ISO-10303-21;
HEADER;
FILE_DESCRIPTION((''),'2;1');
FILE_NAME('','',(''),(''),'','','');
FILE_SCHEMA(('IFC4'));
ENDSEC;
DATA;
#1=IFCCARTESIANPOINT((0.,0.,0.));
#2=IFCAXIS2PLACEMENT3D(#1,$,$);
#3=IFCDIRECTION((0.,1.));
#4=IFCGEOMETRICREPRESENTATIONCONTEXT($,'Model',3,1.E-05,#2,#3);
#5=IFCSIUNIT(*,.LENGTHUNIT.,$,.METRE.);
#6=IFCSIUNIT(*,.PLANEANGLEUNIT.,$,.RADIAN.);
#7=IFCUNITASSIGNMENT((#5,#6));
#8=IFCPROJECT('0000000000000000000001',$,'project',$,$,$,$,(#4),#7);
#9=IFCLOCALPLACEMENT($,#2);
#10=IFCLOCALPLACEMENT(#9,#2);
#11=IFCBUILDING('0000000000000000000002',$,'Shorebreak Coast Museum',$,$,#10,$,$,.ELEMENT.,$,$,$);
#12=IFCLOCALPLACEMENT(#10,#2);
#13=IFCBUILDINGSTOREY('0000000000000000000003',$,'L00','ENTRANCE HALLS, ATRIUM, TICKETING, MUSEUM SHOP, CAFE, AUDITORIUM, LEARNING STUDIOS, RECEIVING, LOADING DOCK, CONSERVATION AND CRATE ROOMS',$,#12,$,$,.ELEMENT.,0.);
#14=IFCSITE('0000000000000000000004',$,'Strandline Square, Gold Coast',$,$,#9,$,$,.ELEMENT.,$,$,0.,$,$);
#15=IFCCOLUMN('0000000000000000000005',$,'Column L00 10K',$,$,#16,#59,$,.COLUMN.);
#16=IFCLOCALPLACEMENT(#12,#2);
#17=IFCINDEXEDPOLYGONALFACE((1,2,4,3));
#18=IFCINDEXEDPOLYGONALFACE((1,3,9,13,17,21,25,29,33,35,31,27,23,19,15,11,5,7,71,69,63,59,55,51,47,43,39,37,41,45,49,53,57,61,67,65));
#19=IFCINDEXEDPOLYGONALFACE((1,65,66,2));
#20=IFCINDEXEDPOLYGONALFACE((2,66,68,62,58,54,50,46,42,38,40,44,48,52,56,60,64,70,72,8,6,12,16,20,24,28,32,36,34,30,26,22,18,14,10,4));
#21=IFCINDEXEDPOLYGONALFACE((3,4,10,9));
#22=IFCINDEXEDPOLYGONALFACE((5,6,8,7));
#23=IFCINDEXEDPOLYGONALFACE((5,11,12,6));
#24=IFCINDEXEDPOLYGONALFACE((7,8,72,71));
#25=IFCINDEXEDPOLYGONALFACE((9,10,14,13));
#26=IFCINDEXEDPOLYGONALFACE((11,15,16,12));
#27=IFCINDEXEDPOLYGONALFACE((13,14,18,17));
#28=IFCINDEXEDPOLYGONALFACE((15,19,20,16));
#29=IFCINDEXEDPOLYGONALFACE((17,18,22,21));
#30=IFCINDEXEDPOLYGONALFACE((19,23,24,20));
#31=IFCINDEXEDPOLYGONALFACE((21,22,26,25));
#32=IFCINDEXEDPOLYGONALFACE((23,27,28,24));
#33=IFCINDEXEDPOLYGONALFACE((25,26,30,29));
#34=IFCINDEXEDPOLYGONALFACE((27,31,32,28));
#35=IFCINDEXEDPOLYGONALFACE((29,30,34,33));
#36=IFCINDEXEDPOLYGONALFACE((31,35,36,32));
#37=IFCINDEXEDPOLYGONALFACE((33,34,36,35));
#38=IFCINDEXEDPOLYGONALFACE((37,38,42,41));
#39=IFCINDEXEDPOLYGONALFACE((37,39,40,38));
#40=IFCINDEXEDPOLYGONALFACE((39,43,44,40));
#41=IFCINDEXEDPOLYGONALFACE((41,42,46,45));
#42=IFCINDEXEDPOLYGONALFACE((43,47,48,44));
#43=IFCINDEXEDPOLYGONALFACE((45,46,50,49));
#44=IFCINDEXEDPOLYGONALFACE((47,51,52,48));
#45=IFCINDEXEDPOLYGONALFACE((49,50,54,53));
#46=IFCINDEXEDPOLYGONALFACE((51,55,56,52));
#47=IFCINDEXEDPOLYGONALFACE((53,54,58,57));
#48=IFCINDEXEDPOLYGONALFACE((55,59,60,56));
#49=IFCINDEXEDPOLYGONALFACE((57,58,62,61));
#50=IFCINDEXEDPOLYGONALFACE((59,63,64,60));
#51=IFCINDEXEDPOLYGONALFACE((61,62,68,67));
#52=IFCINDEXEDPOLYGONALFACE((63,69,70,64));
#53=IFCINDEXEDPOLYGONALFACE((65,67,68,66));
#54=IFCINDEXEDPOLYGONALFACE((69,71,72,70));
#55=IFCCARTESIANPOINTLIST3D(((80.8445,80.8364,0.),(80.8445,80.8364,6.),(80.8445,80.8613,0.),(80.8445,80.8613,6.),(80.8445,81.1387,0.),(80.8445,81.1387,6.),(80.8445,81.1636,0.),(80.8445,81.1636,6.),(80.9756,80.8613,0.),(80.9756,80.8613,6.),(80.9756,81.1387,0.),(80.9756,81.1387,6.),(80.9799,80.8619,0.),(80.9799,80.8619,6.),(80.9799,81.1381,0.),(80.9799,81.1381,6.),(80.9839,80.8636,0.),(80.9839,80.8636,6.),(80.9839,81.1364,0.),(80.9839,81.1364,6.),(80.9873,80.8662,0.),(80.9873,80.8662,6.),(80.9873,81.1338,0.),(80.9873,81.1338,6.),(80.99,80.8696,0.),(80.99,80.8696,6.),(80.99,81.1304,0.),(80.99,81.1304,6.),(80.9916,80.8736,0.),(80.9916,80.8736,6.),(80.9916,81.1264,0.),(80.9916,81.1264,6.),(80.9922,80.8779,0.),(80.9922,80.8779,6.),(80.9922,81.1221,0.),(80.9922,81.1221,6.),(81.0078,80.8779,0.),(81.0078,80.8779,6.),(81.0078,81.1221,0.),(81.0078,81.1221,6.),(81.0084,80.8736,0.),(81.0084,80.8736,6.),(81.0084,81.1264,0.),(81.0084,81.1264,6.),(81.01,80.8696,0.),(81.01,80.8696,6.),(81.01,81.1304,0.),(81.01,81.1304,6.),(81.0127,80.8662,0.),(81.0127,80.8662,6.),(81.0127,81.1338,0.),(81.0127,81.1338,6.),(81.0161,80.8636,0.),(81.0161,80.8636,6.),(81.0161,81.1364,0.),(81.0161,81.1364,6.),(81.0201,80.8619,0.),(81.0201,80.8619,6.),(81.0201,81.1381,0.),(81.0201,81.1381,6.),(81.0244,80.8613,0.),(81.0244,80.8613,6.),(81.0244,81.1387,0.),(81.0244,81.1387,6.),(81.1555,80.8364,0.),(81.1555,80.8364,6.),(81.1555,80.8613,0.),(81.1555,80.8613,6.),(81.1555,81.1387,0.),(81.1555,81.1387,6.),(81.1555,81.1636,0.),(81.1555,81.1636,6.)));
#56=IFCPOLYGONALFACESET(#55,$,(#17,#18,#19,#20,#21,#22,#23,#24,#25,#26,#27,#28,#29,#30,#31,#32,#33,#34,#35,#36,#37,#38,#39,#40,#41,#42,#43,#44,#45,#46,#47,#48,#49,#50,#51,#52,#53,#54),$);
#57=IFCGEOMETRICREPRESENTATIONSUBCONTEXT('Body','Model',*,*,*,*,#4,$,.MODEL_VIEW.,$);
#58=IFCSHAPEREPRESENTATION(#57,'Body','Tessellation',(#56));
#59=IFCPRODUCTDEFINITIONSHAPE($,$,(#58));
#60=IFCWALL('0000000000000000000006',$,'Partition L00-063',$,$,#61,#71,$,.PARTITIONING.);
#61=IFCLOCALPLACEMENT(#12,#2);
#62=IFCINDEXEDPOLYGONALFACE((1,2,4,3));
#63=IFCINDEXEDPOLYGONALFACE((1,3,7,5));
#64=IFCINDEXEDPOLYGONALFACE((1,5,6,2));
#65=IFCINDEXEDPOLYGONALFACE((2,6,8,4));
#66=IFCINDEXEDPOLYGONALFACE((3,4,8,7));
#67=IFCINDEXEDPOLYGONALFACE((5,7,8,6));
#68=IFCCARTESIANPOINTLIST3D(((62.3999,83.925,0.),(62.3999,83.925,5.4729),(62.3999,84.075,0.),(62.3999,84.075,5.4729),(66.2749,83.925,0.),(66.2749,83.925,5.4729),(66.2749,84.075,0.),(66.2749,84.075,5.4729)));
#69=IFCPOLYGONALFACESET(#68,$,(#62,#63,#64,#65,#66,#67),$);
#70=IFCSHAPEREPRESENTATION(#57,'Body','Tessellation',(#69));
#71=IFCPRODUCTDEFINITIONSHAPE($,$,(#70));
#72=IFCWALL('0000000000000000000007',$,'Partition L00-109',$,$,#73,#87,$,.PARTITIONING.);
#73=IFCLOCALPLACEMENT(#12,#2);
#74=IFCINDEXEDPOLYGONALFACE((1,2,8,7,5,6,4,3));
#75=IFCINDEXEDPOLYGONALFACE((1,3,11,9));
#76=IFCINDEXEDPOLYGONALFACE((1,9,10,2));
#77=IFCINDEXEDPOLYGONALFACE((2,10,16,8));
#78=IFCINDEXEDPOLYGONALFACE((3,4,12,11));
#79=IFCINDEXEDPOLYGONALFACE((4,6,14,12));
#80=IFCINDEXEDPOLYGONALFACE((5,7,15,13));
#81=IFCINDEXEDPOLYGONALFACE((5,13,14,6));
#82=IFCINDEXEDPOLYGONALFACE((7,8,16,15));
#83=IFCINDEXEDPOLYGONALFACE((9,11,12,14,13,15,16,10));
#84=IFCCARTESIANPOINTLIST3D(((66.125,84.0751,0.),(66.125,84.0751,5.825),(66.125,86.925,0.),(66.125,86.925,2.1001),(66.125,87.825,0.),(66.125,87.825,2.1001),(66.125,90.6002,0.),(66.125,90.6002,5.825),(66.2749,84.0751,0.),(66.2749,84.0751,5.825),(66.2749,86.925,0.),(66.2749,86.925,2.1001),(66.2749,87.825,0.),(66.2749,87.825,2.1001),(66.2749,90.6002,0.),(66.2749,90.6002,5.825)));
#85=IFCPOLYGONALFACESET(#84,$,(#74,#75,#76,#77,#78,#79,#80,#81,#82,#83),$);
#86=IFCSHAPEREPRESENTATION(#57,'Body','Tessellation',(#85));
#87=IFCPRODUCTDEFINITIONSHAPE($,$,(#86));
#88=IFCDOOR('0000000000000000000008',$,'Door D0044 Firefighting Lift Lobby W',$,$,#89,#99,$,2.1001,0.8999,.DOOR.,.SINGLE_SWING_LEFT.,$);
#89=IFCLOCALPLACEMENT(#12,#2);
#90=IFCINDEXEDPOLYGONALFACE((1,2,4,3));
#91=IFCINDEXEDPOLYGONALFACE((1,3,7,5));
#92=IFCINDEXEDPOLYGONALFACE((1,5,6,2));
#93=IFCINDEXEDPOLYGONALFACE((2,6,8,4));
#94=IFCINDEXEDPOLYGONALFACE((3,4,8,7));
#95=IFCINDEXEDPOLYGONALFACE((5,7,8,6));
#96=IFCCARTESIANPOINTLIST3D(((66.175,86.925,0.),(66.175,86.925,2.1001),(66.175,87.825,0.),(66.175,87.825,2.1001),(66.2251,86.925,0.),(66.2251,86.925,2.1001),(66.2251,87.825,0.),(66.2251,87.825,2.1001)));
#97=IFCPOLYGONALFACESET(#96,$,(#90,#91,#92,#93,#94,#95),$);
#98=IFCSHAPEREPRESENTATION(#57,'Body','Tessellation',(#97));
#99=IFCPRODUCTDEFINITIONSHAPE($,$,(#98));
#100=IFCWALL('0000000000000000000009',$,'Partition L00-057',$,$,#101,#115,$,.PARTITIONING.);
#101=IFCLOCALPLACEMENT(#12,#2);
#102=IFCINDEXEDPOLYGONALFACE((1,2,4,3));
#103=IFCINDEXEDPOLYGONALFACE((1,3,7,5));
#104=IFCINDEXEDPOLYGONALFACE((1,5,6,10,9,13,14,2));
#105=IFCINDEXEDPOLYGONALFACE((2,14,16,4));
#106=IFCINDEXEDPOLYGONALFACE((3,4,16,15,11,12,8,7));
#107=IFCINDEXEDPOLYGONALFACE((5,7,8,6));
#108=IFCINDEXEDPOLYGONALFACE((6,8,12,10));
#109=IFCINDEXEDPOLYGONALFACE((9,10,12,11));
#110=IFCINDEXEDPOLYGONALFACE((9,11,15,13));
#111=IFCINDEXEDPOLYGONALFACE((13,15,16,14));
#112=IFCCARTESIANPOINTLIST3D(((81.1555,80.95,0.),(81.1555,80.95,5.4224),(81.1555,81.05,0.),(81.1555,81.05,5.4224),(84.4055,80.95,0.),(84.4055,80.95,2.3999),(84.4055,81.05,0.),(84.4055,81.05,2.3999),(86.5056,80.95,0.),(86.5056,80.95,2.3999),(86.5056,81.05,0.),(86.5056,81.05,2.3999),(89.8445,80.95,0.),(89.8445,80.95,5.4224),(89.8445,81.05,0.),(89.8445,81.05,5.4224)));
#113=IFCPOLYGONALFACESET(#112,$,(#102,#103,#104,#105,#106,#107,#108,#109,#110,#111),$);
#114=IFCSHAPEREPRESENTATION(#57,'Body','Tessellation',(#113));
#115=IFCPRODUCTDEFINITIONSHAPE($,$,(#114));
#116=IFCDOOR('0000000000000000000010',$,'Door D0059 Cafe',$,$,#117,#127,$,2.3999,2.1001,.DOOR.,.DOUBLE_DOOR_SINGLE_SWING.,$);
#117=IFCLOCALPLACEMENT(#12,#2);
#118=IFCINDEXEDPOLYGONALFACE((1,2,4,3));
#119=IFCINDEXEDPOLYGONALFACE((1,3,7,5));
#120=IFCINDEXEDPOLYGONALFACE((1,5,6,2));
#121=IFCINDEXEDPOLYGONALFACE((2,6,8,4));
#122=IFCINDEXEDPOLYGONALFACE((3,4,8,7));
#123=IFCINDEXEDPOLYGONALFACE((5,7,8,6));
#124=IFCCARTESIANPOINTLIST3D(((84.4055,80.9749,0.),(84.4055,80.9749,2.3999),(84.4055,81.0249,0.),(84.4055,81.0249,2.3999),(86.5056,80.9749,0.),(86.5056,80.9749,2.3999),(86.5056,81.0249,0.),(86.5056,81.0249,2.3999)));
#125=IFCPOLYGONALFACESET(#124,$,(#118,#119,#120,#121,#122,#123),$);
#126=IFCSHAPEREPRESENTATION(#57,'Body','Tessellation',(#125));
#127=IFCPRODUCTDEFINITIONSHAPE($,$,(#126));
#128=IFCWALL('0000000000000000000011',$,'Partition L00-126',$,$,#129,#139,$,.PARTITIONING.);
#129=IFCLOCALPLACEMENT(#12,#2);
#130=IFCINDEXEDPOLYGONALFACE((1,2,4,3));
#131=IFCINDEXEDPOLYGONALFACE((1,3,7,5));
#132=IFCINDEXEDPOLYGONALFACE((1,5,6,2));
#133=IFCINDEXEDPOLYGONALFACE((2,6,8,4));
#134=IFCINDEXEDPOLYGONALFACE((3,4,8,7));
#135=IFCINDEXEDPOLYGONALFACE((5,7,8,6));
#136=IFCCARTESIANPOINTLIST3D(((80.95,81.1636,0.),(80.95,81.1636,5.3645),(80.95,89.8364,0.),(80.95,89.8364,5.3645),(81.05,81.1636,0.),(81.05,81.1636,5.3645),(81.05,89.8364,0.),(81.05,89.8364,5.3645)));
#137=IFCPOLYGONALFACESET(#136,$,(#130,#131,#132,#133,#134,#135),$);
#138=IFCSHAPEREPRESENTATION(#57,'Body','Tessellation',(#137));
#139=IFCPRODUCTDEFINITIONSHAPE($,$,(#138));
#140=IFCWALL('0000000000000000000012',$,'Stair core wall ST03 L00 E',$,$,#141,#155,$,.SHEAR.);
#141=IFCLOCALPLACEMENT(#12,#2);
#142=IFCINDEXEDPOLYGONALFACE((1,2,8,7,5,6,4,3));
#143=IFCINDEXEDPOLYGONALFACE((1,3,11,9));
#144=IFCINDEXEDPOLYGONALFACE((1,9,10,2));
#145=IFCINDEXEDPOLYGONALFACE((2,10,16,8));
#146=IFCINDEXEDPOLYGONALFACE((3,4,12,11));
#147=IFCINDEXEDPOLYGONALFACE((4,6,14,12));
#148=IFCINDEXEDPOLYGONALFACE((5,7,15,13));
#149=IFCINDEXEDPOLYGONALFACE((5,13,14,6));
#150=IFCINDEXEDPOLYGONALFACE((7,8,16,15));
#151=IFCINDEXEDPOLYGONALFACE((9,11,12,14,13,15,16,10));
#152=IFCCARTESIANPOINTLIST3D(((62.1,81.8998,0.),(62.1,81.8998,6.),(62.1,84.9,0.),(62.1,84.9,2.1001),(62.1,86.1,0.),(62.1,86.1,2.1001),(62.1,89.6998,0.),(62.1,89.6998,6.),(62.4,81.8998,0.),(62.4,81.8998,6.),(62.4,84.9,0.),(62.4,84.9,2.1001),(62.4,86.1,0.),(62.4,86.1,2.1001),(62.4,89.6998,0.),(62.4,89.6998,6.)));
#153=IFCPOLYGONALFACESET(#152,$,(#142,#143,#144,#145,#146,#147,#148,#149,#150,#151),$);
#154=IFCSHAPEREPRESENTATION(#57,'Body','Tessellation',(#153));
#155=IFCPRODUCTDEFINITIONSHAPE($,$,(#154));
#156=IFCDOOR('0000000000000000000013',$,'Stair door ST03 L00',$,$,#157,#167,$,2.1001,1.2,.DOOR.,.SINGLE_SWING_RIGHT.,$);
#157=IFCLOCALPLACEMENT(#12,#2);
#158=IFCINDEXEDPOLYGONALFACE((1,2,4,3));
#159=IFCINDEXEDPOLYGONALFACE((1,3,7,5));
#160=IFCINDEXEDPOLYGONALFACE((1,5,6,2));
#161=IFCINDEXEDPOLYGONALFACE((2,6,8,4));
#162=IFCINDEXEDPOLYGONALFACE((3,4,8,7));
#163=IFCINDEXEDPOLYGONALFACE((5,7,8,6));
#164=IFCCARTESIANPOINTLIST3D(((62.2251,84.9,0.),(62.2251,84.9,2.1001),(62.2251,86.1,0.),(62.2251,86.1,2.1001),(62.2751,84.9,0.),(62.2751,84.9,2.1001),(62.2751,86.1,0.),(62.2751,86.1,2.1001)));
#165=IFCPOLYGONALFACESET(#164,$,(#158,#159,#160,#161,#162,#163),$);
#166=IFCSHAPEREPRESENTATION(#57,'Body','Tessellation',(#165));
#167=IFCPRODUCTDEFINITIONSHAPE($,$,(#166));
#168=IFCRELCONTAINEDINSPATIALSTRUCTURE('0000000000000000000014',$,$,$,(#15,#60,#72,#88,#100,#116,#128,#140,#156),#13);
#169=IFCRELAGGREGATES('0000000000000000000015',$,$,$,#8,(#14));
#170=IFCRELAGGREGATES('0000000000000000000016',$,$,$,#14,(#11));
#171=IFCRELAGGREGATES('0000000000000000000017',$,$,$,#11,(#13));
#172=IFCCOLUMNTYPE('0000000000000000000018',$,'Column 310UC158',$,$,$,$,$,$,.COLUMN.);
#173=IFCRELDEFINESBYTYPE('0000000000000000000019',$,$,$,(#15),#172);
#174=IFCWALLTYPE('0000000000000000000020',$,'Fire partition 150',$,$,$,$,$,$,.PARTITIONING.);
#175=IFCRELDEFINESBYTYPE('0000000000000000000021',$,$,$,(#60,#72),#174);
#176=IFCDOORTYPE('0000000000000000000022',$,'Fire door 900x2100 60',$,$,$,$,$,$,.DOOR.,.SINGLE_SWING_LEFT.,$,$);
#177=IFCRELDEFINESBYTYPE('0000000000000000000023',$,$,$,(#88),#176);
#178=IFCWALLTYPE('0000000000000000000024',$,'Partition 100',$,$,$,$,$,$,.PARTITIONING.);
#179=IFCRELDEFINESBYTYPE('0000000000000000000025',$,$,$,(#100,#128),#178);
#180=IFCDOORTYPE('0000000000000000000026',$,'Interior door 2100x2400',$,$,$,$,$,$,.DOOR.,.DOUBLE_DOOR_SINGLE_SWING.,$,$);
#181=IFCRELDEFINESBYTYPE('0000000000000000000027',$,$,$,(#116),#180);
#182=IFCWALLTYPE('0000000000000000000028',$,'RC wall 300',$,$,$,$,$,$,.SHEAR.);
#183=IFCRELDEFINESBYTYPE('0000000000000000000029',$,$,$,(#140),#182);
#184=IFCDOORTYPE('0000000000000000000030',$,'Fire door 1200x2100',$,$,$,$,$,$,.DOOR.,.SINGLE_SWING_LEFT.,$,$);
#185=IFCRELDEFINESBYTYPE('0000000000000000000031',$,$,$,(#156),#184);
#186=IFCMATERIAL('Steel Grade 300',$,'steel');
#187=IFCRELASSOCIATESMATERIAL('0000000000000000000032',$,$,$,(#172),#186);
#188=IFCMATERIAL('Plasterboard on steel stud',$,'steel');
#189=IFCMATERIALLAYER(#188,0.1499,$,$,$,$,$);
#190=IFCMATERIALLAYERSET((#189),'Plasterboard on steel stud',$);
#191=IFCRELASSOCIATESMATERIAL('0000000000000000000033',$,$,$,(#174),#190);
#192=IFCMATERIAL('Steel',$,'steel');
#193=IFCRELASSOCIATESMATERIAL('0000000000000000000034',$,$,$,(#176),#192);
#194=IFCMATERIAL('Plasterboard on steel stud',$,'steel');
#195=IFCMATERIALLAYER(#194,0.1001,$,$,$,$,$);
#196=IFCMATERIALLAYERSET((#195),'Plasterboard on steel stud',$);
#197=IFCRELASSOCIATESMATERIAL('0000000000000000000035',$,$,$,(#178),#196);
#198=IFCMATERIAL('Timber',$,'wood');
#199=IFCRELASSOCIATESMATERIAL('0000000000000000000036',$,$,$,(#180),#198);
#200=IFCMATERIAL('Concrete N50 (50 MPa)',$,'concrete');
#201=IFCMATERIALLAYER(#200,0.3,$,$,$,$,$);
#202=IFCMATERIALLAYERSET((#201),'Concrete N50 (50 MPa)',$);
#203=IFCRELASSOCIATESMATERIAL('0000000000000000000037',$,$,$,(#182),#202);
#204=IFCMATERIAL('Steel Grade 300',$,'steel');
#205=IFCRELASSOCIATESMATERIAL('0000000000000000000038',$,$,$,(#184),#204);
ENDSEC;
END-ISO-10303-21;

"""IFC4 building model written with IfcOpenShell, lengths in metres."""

from ifc_helpers import new_model, si_unit, direction, frame, frame_2d, origin, origin_2d, place, context, subcontext, project, spatial, rectangle, i_section, extrude, material, layer, layer_set, material_profile, profile_set, type_object, element, fill, save


model = new_model("IFC4")

# Units and contexts
model_context = context("Model", 3, precision=1e-05, world=origin(), true_north=direction((0.0, 1.0)))
body_context = subcontext(model_context, "Body", "Model", "MODEL_VIEW")
ifc_project = project(units=[si_unit("LENGTHUNIT", "METRE"), si_unit("PLANEANGLEUNIT", "RADIAN")], contexts=[model_context])

# Site, building, storey
site_placement = place(None, origin())
site = spatial("IfcSite", under=ifc_project, at=site_placement, Name="Strandline Square, Gold Coast", CompositionType="ELEMENT", RefElevation=0.0)
building_placement = place(site_placement, origin())
building = spatial("IfcBuilding", under=site, at=building_placement, Name="Shorebreak Coast Museum", CompositionType="ELEMENT")
storey_placement = place(building_placement, origin())
storey = spatial("IfcBuildingStorey", under=building, at=storey_placement, Name="L00", Description="ENTRANCE HALLS, ATRIUM, TICKETING, MUSEUM SHOP, CAFE, AUDITORIUM, LEARNING STUDIOS, RECEIVING, LOADING DOCK, CONSERVATION AND CRATE ROOMS", CompositionType="ELEMENT", Elevation=0.0)

# Column
ifc_material_1 = material(Name="Steel Grade 300", Category="steel")
ifc_material_profile_1 = material_profile(ifc_material_1, i_section(OverallWidth=0.311, OverallDepth=0.3271, WebThickness=0.0156, FlangeThickness=0.0249, FilletRadius=0.0166, at=origin_2d()), Name="310UC158")
ifc_profile_set_1 = profile_set([ifc_material_profile_1], Name="Steel Grade 300")
column_type = type_object("IfcColumnType", Name="Column 310UC158", PredefinedType="COLUMN", material=ifc_profile_set_1)
for number, where, z_axis, x_axis, name in (
    (1, (81.0, 81.0, 0.0), (0.0, 0.0, 1.0), (1.0, 0.0, 0.0), "Column L00 10K"),
):
    element("IfcColumn", number, at=place(storey_placement, frame(where, z_axis=z_axis, x_axis=x_axis)), inside=storey, type_object=column_type, Name=name, PredefinedType="COLUMN", context=body_context, shape_type="SweptSolid", body=[
        extrude(i_section(OverallWidth=0.311, OverallDepth=0.3271, WebThickness=0.0156, FlangeThickness=0.0249, FilletRadius=0.0166, at=origin_2d()), origin(), (0.0, 0.0, 1.0), 6.0),
    ])

# Wall
ifc_material_2 = material(Name="Plasterboard on steel stud", Category="steel")
ifc_layer_1 = layer(ifc_material_2, 0.1499)
ifc_layer_set_1 = layer_set([ifc_layer_1], Name="Plasterboard on steel stud")
wall_type_1 = type_object("IfcWallType", Name="Fire partition 150", PredefinedType="PARTITIONING", material=ifc_layer_set_1)
wall_1_placement = place(storey_placement, frame((62.3999, 84.0, 0.0), z_axis=(0.0, 0.0, 1.0), x_axis=(1.0, 0.0, 0.0)))
element("IfcWall", 2, at=wall_1_placement, inside=storey, type_object=wall_type_1, Name="Partition L00-063", PredefinedType="PARTITIONING", context=body_context, shape_type="SweptSolid", body=[
    extrude(rectangle(XDim=3.875, YDim=0.1499, at=frame_2d((1.9375, 0.0))), origin(), (0.0, 0.0, 1.0), 5.4729),
])

# Walls, openings, doors
wall_2_placement = place(storey_placement, frame((66.2, 84.075, 0.0), z_axis=(0.0, 0.0, 1.0), x_axis=(0.0, 1.0, 0.0)))
wall_2 = element("IfcWall", 3, at=wall_2_placement, inside=storey, type_object=wall_type_1, Name="Partition L00-109", PredefinedType="PARTITIONING", context=body_context, shape_type="SweptSolid", body=[
    extrude(rectangle(XDim=6.5251, YDim=0.1499, at=frame_2d((3.2627, 0.0))), origin(), (0.0, 0.0, 1.0), 5.825),
])
opening_1_placement = place(wall_2_placement, frame((2.8501, 0.0, 0.0)))
opening_1 = element("IfcOpeningElement", 4, at=opening_1_placement, cuts=wall_2, PredefinedType="OPENING", context=body_context, shape_type="SweptSolid", body=[
    extrude(rectangle(XDim=0.8999, YDim=2.1001, at=frame_2d((0.45, 1.05))), frame((0.0, 0.085, 0.0), z_axis=(0.0, -1.0, 0.0), x_axis=(1.0, 0.0, 0.0)), (0.0, 0.0, 1.0), 0.1699),
])
ifc_material_3 = material(Name="Steel", Category="steel")
door_type_1 = type_object("IfcDoorType", Name="Fire door 900x2100 60", OperationType="SINGLE_SWING_LEFT", PredefinedType="DOOR", material=ifc_material_3)
door_1_placement = place(opening_1_placement, origin())
door_1 = element("IfcDoor", 5, at=door_1_placement, inside=storey, type_object=door_type_1, Name="Door D0044 Firefighting Lift Lobby W", OperationType="SINGLE_SWING_LEFT", OverallHeight=2.1001, OverallWidth=0.8999, PredefinedType="DOOR", context=body_context, shape_type="SweptSolid", body=[
    extrude(rectangle(XDim=0.8999, YDim=2.1001, at=frame_2d((0.45, 1.05))), frame((0.0, 0.0249, 0.0), z_axis=(0.0, -1.0, 0.0), x_axis=(1.0, 0.0, 0.0)), (0.0, 0.0, 1.0), 0.05),
])
fill(opening_1, door_1)
ifc_material_4 = material(Name="Plasterboard on steel stud", Category="steel")
ifc_layer_2 = layer(ifc_material_4, 0.1001)
ifc_layer_set_2 = layer_set([ifc_layer_2], Name="Plasterboard on steel stud")
wall_type_2 = type_object("IfcWallType", Name="Partition 100", PredefinedType="PARTITIONING", material=ifc_layer_set_2)
wall_3_placement = place(storey_placement, frame((81.1555, 81.0, 0.0), z_axis=(0.0, 0.0, 1.0), x_axis=(1.0, 0.0, 0.0)))
wall_3 = element("IfcWall", 6, at=wall_3_placement, inside=storey, type_object=wall_type_2, Name="Partition L00-057", PredefinedType="PARTITIONING", context=body_context, shape_type="SweptSolid", body=[
    extrude(rectangle(XDim=8.689, YDim=0.1001, at=frame_2d((4.3445, 0.0))), origin(), (0.0, 0.0, 1.0), 5.4224),
])
opening_2_placement = place(wall_3_placement, frame((3.25, 0.0, 0.0)))
opening_2 = element("IfcOpeningElement", 7, at=opening_2_placement, cuts=wall_3, PredefinedType="OPENING", context=body_context, shape_type="SweptSolid", body=[
    extrude(rectangle(XDim=2.1001, YDim=2.3999, at=frame_2d((1.05, 1.2))), frame((0.0, 0.0601, 0.0), z_axis=(0.0, -1.0, 0.0), x_axis=(1.0, 0.0, 0.0)), (0.0, 0.0, 1.0), 0.1201),
])
ifc_material_5 = material(Name="Timber", Category="wood")
door_type_2 = type_object("IfcDoorType", Name="Interior door 2100x2400", OperationType="DOUBLE_DOOR_SINGLE_SWING", PredefinedType="DOOR", material=ifc_material_5)
door_2_placement = place(opening_2_placement, origin())
door_2 = element("IfcDoor", 8, at=door_2_placement, inside=storey, type_object=door_type_2, Name="Door D0059 Cafe", OperationType="DOUBLE_DOOR_SINGLE_SWING", OverallHeight=2.3999, OverallWidth=2.1001, PredefinedType="DOOR", context=body_context, shape_type="SweptSolid", body=[
    extrude(rectangle(XDim=2.1001, YDim=2.3999, at=frame_2d((1.05, 1.2))), frame((0.0, 0.0249, 0.0), z_axis=(0.0, -1.0, 0.0), x_axis=(1.0, 0.0, 0.0)), (0.0, 0.0, 1.0), 0.05),
])
fill(opening_2, door_2)

# Wall
wall_4_placement = place(storey_placement, frame((81.0, 81.1636, 0.0), z_axis=(0.0, 0.0, 1.0), x_axis=(0.0, 1.0, 0.0)))
element("IfcWall", 9, at=wall_4_placement, inside=storey, type_object=wall_type_2, Name="Partition L00-126", PredefinedType="PARTITIONING", context=body_context, shape_type="SweptSolid", body=[
    extrude(rectangle(XDim=8.6729, YDim=0.1001, at=frame_2d((4.3364, 0.0))), origin(), (0.0, 0.0, 1.0), 5.3645),
])

# Wall, opening, door
ifc_material_6 = material(Name="Concrete N50 (50 MPa)", Category="concrete")
ifc_layer_3 = layer(ifc_material_6, 0.3)
ifc_layer_set_3 = layer_set([ifc_layer_3], Name="Concrete N50 (50 MPa)")
wall_type_3 = type_object("IfcWallType", Name="RC wall 300", PredefinedType="SHEAR", material=ifc_layer_set_3)
wall_5_placement = place(storey_placement, frame((62.25, 81.8999, 0.0), z_axis=(0.0, 0.0, 1.0), x_axis=(0.0, 1.0, 0.0)))
wall_5 = element("IfcWall", 10, at=wall_5_placement, inside=storey, type_object=wall_type_3, Name="Stair core wall ST03 L00 E", PredefinedType="SHEAR", context=body_context, shape_type="SweptSolid", body=[
    extrude(rectangle(XDim=7.8, YDim=0.3, at=frame_2d((3.8999, 0.0))), origin(), (0.0, 0.0, 1.0), 6.0),
])
opening_3_placement = place(wall_5_placement, frame((3.0, 0.0, 0.0)))
opening_3 = element("IfcOpeningElement", 11, at=opening_3_placement, cuts=wall_5, PredefinedType="OPENING", context=body_context, shape_type="SweptSolid", body=[
    extrude(rectangle(XDim=1.2, YDim=2.1001, at=frame_2d((0.6001, 1.05))), frame((0.0, 0.1599, 0.0), z_axis=(0.0, -1.0, 0.0), x_axis=(1.0, 0.0, 0.0)), (0.0, 0.0, 1.0), 0.3201),
])
ifc_material_7 = material(Name="Steel Grade 300", Category="steel")
door_type_3 = type_object("IfcDoorType", Name="Fire door 1200x2100", OperationType="SINGLE_SWING_LEFT", PredefinedType="DOOR", material=ifc_material_7)
door_3_placement = place(opening_3_placement, origin())
door_3 = element("IfcDoor", 12, at=door_3_placement, inside=storey, type_object=door_type_3, Name="Stair door ST03 L00", OperationType="SINGLE_SWING_RIGHT", OverallHeight=2.1001, OverallWidth=1.2, PredefinedType="DOOR", context=body_context, shape_type="SweptSolid", body=[
    extrude(rectangle(XDim=1.2, YDim=2.1001, at=frame_2d((0.6001, 1.05))), frame((0.0, 0.0249, 0.0), z_axis=(0.0, -1.0, 0.0), x_axis=(1.0, 0.0, 0.0)), (0.0, 0.0, 1.0), 0.05),
])
fill(opening_3, door_3)

save(model, "model.ifc")
